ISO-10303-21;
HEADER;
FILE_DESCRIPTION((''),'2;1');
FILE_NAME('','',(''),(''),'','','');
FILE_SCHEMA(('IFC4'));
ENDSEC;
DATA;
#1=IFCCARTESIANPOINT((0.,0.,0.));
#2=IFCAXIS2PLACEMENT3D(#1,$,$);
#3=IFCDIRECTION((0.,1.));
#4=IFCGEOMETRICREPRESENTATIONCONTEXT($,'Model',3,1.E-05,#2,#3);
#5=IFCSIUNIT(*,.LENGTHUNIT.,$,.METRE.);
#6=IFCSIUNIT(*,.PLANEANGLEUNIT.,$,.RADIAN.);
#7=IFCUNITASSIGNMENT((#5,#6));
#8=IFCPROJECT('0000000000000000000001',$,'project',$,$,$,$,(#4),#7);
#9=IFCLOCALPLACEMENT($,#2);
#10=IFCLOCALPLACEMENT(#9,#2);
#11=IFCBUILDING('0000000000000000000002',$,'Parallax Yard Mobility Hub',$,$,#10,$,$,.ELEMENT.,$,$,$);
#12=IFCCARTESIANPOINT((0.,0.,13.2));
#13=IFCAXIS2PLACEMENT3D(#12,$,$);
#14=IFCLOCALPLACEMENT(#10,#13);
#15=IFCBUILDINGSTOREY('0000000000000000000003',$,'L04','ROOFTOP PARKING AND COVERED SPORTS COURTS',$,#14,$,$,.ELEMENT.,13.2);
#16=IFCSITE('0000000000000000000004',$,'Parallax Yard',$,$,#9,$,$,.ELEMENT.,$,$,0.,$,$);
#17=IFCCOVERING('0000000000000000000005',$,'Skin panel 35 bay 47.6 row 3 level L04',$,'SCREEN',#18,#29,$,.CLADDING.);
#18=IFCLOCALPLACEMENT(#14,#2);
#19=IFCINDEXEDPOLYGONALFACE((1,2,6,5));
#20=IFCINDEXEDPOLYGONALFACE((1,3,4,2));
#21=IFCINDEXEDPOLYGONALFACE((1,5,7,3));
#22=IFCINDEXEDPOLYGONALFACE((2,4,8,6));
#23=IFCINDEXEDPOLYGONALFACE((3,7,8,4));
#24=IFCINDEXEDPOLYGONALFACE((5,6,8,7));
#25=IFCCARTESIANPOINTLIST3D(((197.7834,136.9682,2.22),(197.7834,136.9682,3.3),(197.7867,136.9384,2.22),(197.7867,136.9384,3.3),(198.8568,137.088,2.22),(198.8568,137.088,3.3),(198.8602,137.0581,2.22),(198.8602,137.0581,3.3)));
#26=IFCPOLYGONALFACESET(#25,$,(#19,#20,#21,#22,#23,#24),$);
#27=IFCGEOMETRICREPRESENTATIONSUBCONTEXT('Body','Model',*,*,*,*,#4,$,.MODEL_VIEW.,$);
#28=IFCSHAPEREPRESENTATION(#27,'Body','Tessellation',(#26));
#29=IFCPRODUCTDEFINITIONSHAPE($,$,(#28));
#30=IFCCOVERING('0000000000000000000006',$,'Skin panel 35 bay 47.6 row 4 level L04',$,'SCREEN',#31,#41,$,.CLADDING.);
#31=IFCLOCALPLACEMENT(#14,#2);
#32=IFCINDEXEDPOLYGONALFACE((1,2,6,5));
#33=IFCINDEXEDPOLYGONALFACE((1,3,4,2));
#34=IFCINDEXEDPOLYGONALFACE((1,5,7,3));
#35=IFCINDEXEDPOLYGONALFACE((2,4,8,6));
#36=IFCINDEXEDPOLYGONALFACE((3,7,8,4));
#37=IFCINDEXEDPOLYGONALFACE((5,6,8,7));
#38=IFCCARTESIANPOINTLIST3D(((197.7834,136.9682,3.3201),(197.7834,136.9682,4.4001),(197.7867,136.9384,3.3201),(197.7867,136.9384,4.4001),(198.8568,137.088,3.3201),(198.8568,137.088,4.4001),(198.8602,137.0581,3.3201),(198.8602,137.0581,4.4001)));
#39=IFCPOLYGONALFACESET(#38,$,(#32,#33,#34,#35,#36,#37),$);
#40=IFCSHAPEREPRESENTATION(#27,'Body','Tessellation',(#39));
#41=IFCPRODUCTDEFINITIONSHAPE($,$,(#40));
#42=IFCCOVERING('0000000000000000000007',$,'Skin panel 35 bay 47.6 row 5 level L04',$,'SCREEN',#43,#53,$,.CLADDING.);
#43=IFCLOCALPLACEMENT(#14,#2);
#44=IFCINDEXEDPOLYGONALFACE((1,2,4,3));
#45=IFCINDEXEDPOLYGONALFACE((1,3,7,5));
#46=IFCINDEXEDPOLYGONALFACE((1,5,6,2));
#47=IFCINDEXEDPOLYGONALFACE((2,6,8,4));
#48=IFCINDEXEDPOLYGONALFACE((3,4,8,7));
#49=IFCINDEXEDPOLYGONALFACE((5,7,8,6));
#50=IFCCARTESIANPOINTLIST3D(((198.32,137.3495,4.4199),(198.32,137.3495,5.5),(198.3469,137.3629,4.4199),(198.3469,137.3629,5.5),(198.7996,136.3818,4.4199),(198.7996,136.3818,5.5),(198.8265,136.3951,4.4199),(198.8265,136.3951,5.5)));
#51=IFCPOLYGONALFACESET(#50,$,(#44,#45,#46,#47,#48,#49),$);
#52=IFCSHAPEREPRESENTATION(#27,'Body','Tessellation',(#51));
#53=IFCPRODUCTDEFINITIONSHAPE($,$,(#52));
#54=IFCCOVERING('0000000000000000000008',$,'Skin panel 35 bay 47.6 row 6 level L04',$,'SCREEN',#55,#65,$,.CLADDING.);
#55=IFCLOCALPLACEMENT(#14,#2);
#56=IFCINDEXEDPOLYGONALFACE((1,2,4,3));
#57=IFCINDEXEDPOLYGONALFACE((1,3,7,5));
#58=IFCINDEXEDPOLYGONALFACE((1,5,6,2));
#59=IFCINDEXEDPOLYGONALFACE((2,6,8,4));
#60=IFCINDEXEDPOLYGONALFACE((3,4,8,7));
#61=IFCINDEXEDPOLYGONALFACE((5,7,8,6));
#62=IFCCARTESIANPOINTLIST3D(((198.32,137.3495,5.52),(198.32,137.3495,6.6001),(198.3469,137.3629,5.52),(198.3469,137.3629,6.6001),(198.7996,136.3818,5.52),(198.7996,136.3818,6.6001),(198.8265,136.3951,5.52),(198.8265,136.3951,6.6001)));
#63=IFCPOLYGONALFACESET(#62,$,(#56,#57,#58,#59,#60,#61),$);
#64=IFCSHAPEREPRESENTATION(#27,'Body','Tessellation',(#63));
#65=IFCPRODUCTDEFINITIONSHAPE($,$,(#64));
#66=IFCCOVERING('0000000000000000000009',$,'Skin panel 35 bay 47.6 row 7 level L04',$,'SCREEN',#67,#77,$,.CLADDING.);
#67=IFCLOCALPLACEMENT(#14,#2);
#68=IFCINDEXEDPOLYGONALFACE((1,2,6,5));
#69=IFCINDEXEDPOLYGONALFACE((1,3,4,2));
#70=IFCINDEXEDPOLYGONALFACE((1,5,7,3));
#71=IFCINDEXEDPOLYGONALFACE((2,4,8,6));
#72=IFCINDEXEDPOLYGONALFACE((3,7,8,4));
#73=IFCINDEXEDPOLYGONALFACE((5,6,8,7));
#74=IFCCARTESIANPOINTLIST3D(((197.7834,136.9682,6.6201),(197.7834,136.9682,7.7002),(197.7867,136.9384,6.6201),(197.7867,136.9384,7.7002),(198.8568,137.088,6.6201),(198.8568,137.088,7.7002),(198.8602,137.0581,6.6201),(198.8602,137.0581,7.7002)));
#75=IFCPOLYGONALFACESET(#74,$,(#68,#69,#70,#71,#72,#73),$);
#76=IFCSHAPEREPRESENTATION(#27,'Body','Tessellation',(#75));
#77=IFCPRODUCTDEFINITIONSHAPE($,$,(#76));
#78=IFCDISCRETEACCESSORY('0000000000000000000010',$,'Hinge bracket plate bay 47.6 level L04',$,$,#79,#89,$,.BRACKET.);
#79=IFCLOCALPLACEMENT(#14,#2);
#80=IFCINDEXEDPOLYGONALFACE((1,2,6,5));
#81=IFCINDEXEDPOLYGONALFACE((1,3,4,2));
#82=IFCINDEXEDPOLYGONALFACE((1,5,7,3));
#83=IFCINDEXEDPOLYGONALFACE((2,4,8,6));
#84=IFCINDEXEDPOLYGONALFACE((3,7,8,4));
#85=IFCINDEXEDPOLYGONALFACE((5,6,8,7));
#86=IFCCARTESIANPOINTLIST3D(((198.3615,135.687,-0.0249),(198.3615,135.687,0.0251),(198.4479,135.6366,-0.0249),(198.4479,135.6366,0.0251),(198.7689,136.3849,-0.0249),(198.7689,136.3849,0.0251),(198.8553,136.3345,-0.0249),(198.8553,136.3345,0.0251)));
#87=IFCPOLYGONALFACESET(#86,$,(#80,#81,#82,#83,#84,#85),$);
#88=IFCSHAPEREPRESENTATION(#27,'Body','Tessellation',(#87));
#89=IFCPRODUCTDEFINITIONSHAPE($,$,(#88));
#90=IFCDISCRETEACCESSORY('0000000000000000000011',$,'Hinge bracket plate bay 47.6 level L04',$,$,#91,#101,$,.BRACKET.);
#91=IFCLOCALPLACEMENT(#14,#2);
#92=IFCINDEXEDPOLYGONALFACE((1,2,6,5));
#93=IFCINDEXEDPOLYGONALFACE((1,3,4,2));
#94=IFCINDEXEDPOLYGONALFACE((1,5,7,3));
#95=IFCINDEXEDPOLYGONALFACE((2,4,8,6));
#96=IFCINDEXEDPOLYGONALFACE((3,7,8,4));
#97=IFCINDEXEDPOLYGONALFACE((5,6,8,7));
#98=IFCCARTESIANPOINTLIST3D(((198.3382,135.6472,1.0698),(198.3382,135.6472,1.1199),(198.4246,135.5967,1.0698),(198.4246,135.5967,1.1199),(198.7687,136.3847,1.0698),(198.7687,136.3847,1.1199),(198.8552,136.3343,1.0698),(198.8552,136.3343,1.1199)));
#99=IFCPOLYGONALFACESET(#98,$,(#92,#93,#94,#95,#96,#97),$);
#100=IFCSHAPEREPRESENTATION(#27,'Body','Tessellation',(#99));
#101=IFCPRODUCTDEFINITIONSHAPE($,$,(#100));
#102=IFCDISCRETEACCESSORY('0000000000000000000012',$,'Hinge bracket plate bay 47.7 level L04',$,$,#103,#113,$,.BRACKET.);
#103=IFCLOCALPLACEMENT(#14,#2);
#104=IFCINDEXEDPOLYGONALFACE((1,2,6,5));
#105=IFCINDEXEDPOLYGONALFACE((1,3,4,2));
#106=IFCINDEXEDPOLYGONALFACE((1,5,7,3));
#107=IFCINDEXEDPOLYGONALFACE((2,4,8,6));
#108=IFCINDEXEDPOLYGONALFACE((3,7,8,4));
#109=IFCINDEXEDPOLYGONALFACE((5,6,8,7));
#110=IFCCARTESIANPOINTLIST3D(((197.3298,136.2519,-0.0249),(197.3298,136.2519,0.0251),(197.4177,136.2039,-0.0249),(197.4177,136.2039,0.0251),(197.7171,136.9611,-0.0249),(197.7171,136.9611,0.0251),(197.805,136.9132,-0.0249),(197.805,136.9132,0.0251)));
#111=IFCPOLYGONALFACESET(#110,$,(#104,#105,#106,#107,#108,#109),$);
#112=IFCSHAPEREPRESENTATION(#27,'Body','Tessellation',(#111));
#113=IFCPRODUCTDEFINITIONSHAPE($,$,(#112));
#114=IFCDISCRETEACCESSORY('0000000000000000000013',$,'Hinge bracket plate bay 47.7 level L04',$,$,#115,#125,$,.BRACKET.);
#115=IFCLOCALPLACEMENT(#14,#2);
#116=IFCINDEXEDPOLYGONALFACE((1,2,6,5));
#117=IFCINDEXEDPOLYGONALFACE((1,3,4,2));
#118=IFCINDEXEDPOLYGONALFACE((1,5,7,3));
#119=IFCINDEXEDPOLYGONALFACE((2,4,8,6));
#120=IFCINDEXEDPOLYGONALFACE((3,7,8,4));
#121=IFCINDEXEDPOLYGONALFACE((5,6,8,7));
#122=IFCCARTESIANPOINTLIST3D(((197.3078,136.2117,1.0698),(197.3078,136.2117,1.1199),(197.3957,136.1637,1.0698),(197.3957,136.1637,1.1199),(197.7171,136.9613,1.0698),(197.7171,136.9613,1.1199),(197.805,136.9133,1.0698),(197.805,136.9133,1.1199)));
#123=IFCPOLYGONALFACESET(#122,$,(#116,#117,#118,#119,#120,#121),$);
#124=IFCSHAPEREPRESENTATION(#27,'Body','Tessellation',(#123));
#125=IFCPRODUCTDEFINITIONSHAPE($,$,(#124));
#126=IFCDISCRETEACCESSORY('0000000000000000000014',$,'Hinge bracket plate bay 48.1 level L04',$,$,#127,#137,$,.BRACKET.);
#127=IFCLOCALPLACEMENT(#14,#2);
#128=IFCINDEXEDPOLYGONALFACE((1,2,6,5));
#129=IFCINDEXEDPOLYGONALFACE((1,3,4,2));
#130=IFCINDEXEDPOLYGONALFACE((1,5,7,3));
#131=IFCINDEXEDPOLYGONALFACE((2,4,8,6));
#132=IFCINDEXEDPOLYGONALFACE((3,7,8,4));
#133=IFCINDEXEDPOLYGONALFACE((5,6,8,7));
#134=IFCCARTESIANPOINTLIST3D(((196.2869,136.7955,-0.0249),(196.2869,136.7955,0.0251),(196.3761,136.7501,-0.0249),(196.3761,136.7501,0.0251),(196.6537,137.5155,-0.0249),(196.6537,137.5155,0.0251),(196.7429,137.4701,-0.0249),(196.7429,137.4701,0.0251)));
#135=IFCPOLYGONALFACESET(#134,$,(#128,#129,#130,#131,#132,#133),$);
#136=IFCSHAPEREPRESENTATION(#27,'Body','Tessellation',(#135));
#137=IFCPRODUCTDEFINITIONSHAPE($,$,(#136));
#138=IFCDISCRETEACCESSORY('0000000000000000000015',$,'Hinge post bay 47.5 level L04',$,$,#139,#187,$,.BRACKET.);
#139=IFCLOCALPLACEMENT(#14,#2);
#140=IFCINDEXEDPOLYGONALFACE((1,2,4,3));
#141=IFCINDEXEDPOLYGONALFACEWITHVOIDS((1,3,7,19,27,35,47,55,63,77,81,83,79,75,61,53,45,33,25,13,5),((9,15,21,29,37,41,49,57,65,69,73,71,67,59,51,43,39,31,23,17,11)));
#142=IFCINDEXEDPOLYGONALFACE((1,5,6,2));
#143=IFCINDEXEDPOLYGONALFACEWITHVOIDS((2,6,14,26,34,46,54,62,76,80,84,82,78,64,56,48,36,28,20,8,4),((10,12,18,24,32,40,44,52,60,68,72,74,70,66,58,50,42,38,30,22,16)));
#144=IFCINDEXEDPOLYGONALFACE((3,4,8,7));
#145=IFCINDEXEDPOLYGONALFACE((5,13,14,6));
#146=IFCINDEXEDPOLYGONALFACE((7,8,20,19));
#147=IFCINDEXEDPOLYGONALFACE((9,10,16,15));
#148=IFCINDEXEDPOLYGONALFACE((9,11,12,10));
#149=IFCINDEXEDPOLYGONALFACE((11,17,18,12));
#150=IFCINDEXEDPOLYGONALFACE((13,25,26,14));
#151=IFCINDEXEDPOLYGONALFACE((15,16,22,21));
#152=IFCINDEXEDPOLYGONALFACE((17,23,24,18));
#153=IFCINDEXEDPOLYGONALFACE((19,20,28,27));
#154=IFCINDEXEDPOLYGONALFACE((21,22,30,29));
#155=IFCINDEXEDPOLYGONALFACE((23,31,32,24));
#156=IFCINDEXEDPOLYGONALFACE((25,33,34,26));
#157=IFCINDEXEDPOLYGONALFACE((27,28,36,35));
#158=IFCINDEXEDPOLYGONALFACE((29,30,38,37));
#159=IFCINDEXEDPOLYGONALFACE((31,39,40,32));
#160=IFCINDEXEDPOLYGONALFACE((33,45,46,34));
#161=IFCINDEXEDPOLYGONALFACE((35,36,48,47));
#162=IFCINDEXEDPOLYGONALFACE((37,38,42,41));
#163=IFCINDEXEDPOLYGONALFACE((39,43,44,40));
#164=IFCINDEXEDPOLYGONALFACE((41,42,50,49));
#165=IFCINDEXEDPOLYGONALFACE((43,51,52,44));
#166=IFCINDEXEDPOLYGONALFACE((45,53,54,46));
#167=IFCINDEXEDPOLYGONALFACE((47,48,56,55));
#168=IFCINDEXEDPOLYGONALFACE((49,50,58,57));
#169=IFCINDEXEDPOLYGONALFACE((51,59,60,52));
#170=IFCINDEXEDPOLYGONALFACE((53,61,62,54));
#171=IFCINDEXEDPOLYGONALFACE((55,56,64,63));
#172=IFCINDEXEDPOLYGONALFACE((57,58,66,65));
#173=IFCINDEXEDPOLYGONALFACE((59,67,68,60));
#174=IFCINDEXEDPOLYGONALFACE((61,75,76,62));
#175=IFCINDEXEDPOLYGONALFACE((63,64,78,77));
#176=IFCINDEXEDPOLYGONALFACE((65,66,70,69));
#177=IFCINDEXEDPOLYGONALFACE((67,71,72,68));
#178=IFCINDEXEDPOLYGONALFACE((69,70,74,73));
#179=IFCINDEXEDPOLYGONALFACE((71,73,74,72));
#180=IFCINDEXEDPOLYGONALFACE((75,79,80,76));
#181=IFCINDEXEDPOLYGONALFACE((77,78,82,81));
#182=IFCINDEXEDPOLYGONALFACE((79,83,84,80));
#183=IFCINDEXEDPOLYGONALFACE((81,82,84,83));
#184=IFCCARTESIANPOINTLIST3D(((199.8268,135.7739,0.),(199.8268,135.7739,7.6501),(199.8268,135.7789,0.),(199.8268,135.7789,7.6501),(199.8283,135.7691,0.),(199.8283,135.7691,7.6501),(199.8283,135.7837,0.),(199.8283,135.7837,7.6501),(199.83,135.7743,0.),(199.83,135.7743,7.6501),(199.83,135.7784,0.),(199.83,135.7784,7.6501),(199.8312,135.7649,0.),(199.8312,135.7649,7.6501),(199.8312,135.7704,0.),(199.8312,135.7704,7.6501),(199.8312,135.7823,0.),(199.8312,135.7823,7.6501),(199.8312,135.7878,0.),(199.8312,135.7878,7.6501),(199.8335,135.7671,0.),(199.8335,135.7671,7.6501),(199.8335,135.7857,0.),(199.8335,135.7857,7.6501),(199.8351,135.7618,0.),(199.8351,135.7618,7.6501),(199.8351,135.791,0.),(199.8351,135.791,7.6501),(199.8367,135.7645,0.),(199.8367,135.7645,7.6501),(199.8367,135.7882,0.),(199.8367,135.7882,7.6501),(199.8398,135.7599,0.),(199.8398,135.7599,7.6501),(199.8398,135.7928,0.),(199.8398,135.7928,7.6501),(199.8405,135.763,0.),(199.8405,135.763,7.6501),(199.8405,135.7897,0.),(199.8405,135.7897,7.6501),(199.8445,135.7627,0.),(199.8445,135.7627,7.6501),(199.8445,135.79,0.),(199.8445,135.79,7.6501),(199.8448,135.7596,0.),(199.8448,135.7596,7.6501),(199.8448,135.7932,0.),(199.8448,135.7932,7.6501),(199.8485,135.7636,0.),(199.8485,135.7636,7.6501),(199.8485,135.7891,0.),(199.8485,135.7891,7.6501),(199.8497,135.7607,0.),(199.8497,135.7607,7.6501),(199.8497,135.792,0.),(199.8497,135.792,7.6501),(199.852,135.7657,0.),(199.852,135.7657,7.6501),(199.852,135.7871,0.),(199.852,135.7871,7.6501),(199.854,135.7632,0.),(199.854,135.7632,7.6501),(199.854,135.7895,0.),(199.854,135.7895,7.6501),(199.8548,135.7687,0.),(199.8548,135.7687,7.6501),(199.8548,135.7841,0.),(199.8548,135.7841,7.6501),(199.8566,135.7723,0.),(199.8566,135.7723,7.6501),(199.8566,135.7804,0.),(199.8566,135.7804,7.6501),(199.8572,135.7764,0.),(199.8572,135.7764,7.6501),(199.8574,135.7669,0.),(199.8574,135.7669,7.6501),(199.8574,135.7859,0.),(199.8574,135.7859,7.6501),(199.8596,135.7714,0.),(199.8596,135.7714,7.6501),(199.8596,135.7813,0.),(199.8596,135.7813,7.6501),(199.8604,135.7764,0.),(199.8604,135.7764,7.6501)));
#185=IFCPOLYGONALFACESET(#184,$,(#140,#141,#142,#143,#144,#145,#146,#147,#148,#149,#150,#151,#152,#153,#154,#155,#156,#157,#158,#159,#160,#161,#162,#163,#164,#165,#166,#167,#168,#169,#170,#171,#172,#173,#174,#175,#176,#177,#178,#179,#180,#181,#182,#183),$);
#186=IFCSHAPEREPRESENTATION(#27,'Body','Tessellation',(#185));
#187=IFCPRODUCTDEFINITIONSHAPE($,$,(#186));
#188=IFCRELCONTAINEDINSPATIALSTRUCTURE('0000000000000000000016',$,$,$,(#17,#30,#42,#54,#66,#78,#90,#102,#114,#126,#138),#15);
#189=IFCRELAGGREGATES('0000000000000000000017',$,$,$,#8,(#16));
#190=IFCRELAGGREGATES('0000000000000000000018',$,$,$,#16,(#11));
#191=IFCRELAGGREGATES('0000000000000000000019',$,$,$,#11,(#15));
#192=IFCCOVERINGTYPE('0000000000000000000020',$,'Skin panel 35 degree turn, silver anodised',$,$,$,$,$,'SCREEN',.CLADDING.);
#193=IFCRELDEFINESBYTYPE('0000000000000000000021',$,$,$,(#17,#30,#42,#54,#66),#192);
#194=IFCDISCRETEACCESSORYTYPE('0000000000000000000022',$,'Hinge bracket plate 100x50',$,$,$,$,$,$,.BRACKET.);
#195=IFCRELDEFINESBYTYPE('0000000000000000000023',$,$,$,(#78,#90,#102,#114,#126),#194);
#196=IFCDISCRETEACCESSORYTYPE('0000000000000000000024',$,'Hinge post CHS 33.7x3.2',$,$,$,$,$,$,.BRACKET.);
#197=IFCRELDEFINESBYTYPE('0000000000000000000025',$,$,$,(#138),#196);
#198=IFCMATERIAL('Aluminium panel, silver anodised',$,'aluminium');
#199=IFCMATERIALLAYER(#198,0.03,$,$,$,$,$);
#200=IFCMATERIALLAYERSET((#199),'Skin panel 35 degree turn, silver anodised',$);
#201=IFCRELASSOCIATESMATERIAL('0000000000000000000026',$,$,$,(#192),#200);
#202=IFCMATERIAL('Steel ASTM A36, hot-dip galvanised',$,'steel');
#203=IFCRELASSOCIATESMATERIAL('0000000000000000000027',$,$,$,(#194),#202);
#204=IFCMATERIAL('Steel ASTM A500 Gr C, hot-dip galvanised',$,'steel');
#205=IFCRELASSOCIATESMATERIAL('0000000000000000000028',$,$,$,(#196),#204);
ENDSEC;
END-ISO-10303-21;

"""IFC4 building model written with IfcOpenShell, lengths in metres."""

from ifc_helpers import new_model, si_unit, direction, frame, origin, origin_2d, place, context, subcontext, project, spatial, rectangle, hollow_circle, extrude, material, layer, layer_set, material_profile, profile_set, type_object, element, save


model = new_model("IFC4")

# Units and contexts
model_context = context("Model", 3, precision=1e-05, world=origin(), true_north=direction((0.0, 1.0)))
body_context = subcontext(model_context, "Body", "Model", "MODEL_VIEW")
ifc_project = project(units=[si_unit("LENGTHUNIT", "METRE"), si_unit("PLANEANGLEUNIT", "RADIAN")], contexts=[model_context])

# Site, building, storey
site_placement = place(None, origin())
site = spatial("IfcSite", under=ifc_project, at=site_placement, Name="Parallax Yard", CompositionType="ELEMENT", RefElevation=0.0)
building_placement = place(site_placement, origin())
building = spatial("IfcBuilding", under=site, at=building_placement, Name="Parallax Yard Mobility Hub", CompositionType="ELEMENT")
storey_placement = place(building_placement, frame((0.0, 0.0, 13.2)))
storey = spatial("IfcBuildingStorey", under=building, at=storey_placement, Name="L04", Description="ROOFTOP PARKING AND COVERED SPORTS COURTS", CompositionType="ELEMENT", Elevation=13.2)

# Coverings
ifc_material_1 = material(Name="Aluminium panel, silver anodised", Category="aluminium")
ifc_layer_1 = layer(ifc_material_1, 0.03)
ifc_layer_set_1 = layer_set([ifc_layer_1], Name="Skin panel 35 degree turn, silver anodised")
covering_type_1 = type_object("IfcCoveringType", Name="Skin panel 35 degree turn, silver anodised", ElementType="SCREEN", PredefinedType="CLADDING", material=ifc_layer_set_1)
for number, where, z_axis, x_axis, name in (
    (1, (198.3218, 137.0132, 2.22), (0.0, 0.0, 1.0), (0.993839, 0.110838, 0.0), "Skin panel 35 bay 47.6 row 3 level L04"),
    (2, (198.3218, 137.0132, 3.3201), (0.0, 0.0, 1.0), (0.993839, 0.110838, 0.0), "Skin panel 35 bay 47.6 row 4 level L04"),
    (3, (198.5732, 136.8723, 4.4199), (0.0, 0.0, 1.0), (-0.444066, 0.895994, 0.0), "Skin panel 35 bay 47.6 row 5 level L04"),
    (4, (198.5732, 136.8723, 5.52), (0.0, 0.0, 1.0), (-0.444066, 0.895994, 0.0), "Skin panel 35 bay 47.6 row 6 level L04"),
    (5, (198.3218, 137.0132, 6.6201), (0.0, 0.0, 1.0), (0.993839, 0.110838, 0.0), "Skin panel 35 bay 47.6 row 7 level L04"),
):
    element("IfcCovering", number, at=place(storey_placement, frame(where, z_axis=z_axis, x_axis=x_axis)), inside=storey, type_object=covering_type_1, Name=name, ObjectType="SCREEN", PredefinedType="CLADDING", context=body_context, shape_type="SweptSolid", body=[
        extrude(rectangle(XDim=1.0801, YDim=0.03, at=origin_2d()), origin(), (0.0, 0.0, 1.0), 1.0801),
    ])

# Discrete accessories
ifc_material_2 = material(Name="Steel ASTM A36, hot-dip galvanised", Category="steel")
discrete_accessory_type_1 = type_object("IfcDiscreteAccessoryType", Name="Hinge bracket plate 100x50", PredefinedType="BRACKET", material=ifc_material_2)
discrete_accessory_1_placement = place(storey_placement, frame((198.6084, 136.0107, -0.0249), z_axis=(0.0, 0.0, 1.0), x_axis=(0.504116, 0.863636, 0.0)))
element("IfcDiscreteAccessory", 6, at=discrete_accessory_1_placement, inside=storey, type_object=discrete_accessory_type_1, Name="Hinge bracket plate bay 47.6 level L04", PredefinedType="BRACKET", context=body_context, shape_type="SweptSolid", body=[
    extrude(rectangle(XDim=0.8081, YDim=0.1001, at=origin_2d()), origin(), (0.0, 0.0, 1.0), 0.05),
])
discrete_accessory_2_placement = place(storey_placement, frame((198.5967, 135.9907, 1.0698), z_axis=(0.0, 0.0, 1.0), x_axis=(0.504116, 0.863636, 0.0)))
element("IfcDiscreteAccessory", 7, at=discrete_accessory_2_placement, inside=storey, type_object=discrete_accessory_type_1, Name="Hinge bracket plate bay 47.6 level L04", PredefinedType="BRACKET", context=body_context, shape_type="SweptSolid", body=[
    extrude(rectangle(XDim=0.854, YDim=0.1001, at=origin_2d()), origin(), (0.0, 0.0, 1.0), 0.05),
])
discrete_accessory_3_placement = place(storey_placement, frame((197.5674, 136.5825, -0.0249), z_axis=(0.0, 0.0, 1.0), x_axis=(0.47925, 0.877679, 0.0)))
element("IfcDiscreteAccessory", 8, at=discrete_accessory_3_placement, inside=storey, type_object=discrete_accessory_type_1, Name="Hinge bracket plate bay 47.7 level L04", PredefinedType="BRACKET", context=body_context, shape_type="SweptSolid", body=[
    extrude(rectangle(XDim=0.8081, YDim=0.1001, at=origin_2d()), origin(), (0.0, 0.0, 1.0), 0.05),
])
discrete_accessory_4_placement = place(storey_placement, frame((197.5564, 136.5625, 1.0698), z_axis=(0.0, 0.0, 1.0), x_axis=(0.47925, 0.877679, 0.0)))
element("IfcDiscreteAccessory", 9, at=discrete_accessory_4_placement, inside=storey, type_object=discrete_accessory_type_1, Name="Hinge bracket plate bay 47.7 level L04", PredefinedType="BRACKET", context=body_context, shape_type="SweptSolid", body=[
    extrude(rectangle(XDim=0.854, YDim=0.1001, at=origin_2d()), origin(), (0.0, 0.0, 1.0), 0.05),
])
discrete_accessory_5_placement = place(storey_placement, frame((196.5149, 137.1328, -0.0249), z_axis=(0.0, 0.0, 1.0), x_axis=(0.45399, 0.891007, 0.0)))
element("IfcDiscreteAccessory", 10, at=discrete_accessory_5_placement, inside=storey, type_object=discrete_accessory_type_1, Name="Hinge bracket plate bay 48.1 level L04", PredefinedType="BRACKET", context=body_context, shape_type="SweptSolid", body=[
    extrude(rectangle(XDim=0.8081, YDim=0.1001, at=origin_2d()), origin(), (0.0, 0.0, 1.0), 0.05),
])
ifc_material_3 = material(Name="Steel ASTM A500 Gr C, hot-dip galvanised", Category="steel")
ifc_material_profile = material_profile(ifc_material_3, hollow_circle(Radius=0.0168, WallThickness=0.0032, at=origin_2d()), Name="CHS 33.7x3.2")
ifc_profile_set = profile_set([ifc_material_profile], Name="Steel ASTM A500 Gr C, hot-dip galvanised")
discrete_accessory_type_2 = type_object("IfcDiscreteAccessoryType", Name="Hinge post CHS 33.7x3.2", PredefinedType="BRACKET", material=ifc_profile_set)
for number, where, z_axis, x_axis, name in (
    (11, (199.8435, 135.7764, 0.0), (0.0, 0.0, 1.0), (1.0, 0.0, 0.0), "Hinge post bay 47.5 level L04"),
):
    element("IfcDiscreteAccessory", number, at=place(storey_placement, frame(where, z_axis=z_axis, x_axis=x_axis)), inside=storey, type_object=discrete_accessory_type_2, Name=name, PredefinedType="BRACKET", context=body_context, shape_type="SweptSolid", body=[
        extrude(hollow_circle(Radius=0.0168, WallThickness=0.0032, at=origin_2d()), origin(), (0.0, 0.0, 1.0), 7.6501),
    ])

save(model, "model.ifc")
